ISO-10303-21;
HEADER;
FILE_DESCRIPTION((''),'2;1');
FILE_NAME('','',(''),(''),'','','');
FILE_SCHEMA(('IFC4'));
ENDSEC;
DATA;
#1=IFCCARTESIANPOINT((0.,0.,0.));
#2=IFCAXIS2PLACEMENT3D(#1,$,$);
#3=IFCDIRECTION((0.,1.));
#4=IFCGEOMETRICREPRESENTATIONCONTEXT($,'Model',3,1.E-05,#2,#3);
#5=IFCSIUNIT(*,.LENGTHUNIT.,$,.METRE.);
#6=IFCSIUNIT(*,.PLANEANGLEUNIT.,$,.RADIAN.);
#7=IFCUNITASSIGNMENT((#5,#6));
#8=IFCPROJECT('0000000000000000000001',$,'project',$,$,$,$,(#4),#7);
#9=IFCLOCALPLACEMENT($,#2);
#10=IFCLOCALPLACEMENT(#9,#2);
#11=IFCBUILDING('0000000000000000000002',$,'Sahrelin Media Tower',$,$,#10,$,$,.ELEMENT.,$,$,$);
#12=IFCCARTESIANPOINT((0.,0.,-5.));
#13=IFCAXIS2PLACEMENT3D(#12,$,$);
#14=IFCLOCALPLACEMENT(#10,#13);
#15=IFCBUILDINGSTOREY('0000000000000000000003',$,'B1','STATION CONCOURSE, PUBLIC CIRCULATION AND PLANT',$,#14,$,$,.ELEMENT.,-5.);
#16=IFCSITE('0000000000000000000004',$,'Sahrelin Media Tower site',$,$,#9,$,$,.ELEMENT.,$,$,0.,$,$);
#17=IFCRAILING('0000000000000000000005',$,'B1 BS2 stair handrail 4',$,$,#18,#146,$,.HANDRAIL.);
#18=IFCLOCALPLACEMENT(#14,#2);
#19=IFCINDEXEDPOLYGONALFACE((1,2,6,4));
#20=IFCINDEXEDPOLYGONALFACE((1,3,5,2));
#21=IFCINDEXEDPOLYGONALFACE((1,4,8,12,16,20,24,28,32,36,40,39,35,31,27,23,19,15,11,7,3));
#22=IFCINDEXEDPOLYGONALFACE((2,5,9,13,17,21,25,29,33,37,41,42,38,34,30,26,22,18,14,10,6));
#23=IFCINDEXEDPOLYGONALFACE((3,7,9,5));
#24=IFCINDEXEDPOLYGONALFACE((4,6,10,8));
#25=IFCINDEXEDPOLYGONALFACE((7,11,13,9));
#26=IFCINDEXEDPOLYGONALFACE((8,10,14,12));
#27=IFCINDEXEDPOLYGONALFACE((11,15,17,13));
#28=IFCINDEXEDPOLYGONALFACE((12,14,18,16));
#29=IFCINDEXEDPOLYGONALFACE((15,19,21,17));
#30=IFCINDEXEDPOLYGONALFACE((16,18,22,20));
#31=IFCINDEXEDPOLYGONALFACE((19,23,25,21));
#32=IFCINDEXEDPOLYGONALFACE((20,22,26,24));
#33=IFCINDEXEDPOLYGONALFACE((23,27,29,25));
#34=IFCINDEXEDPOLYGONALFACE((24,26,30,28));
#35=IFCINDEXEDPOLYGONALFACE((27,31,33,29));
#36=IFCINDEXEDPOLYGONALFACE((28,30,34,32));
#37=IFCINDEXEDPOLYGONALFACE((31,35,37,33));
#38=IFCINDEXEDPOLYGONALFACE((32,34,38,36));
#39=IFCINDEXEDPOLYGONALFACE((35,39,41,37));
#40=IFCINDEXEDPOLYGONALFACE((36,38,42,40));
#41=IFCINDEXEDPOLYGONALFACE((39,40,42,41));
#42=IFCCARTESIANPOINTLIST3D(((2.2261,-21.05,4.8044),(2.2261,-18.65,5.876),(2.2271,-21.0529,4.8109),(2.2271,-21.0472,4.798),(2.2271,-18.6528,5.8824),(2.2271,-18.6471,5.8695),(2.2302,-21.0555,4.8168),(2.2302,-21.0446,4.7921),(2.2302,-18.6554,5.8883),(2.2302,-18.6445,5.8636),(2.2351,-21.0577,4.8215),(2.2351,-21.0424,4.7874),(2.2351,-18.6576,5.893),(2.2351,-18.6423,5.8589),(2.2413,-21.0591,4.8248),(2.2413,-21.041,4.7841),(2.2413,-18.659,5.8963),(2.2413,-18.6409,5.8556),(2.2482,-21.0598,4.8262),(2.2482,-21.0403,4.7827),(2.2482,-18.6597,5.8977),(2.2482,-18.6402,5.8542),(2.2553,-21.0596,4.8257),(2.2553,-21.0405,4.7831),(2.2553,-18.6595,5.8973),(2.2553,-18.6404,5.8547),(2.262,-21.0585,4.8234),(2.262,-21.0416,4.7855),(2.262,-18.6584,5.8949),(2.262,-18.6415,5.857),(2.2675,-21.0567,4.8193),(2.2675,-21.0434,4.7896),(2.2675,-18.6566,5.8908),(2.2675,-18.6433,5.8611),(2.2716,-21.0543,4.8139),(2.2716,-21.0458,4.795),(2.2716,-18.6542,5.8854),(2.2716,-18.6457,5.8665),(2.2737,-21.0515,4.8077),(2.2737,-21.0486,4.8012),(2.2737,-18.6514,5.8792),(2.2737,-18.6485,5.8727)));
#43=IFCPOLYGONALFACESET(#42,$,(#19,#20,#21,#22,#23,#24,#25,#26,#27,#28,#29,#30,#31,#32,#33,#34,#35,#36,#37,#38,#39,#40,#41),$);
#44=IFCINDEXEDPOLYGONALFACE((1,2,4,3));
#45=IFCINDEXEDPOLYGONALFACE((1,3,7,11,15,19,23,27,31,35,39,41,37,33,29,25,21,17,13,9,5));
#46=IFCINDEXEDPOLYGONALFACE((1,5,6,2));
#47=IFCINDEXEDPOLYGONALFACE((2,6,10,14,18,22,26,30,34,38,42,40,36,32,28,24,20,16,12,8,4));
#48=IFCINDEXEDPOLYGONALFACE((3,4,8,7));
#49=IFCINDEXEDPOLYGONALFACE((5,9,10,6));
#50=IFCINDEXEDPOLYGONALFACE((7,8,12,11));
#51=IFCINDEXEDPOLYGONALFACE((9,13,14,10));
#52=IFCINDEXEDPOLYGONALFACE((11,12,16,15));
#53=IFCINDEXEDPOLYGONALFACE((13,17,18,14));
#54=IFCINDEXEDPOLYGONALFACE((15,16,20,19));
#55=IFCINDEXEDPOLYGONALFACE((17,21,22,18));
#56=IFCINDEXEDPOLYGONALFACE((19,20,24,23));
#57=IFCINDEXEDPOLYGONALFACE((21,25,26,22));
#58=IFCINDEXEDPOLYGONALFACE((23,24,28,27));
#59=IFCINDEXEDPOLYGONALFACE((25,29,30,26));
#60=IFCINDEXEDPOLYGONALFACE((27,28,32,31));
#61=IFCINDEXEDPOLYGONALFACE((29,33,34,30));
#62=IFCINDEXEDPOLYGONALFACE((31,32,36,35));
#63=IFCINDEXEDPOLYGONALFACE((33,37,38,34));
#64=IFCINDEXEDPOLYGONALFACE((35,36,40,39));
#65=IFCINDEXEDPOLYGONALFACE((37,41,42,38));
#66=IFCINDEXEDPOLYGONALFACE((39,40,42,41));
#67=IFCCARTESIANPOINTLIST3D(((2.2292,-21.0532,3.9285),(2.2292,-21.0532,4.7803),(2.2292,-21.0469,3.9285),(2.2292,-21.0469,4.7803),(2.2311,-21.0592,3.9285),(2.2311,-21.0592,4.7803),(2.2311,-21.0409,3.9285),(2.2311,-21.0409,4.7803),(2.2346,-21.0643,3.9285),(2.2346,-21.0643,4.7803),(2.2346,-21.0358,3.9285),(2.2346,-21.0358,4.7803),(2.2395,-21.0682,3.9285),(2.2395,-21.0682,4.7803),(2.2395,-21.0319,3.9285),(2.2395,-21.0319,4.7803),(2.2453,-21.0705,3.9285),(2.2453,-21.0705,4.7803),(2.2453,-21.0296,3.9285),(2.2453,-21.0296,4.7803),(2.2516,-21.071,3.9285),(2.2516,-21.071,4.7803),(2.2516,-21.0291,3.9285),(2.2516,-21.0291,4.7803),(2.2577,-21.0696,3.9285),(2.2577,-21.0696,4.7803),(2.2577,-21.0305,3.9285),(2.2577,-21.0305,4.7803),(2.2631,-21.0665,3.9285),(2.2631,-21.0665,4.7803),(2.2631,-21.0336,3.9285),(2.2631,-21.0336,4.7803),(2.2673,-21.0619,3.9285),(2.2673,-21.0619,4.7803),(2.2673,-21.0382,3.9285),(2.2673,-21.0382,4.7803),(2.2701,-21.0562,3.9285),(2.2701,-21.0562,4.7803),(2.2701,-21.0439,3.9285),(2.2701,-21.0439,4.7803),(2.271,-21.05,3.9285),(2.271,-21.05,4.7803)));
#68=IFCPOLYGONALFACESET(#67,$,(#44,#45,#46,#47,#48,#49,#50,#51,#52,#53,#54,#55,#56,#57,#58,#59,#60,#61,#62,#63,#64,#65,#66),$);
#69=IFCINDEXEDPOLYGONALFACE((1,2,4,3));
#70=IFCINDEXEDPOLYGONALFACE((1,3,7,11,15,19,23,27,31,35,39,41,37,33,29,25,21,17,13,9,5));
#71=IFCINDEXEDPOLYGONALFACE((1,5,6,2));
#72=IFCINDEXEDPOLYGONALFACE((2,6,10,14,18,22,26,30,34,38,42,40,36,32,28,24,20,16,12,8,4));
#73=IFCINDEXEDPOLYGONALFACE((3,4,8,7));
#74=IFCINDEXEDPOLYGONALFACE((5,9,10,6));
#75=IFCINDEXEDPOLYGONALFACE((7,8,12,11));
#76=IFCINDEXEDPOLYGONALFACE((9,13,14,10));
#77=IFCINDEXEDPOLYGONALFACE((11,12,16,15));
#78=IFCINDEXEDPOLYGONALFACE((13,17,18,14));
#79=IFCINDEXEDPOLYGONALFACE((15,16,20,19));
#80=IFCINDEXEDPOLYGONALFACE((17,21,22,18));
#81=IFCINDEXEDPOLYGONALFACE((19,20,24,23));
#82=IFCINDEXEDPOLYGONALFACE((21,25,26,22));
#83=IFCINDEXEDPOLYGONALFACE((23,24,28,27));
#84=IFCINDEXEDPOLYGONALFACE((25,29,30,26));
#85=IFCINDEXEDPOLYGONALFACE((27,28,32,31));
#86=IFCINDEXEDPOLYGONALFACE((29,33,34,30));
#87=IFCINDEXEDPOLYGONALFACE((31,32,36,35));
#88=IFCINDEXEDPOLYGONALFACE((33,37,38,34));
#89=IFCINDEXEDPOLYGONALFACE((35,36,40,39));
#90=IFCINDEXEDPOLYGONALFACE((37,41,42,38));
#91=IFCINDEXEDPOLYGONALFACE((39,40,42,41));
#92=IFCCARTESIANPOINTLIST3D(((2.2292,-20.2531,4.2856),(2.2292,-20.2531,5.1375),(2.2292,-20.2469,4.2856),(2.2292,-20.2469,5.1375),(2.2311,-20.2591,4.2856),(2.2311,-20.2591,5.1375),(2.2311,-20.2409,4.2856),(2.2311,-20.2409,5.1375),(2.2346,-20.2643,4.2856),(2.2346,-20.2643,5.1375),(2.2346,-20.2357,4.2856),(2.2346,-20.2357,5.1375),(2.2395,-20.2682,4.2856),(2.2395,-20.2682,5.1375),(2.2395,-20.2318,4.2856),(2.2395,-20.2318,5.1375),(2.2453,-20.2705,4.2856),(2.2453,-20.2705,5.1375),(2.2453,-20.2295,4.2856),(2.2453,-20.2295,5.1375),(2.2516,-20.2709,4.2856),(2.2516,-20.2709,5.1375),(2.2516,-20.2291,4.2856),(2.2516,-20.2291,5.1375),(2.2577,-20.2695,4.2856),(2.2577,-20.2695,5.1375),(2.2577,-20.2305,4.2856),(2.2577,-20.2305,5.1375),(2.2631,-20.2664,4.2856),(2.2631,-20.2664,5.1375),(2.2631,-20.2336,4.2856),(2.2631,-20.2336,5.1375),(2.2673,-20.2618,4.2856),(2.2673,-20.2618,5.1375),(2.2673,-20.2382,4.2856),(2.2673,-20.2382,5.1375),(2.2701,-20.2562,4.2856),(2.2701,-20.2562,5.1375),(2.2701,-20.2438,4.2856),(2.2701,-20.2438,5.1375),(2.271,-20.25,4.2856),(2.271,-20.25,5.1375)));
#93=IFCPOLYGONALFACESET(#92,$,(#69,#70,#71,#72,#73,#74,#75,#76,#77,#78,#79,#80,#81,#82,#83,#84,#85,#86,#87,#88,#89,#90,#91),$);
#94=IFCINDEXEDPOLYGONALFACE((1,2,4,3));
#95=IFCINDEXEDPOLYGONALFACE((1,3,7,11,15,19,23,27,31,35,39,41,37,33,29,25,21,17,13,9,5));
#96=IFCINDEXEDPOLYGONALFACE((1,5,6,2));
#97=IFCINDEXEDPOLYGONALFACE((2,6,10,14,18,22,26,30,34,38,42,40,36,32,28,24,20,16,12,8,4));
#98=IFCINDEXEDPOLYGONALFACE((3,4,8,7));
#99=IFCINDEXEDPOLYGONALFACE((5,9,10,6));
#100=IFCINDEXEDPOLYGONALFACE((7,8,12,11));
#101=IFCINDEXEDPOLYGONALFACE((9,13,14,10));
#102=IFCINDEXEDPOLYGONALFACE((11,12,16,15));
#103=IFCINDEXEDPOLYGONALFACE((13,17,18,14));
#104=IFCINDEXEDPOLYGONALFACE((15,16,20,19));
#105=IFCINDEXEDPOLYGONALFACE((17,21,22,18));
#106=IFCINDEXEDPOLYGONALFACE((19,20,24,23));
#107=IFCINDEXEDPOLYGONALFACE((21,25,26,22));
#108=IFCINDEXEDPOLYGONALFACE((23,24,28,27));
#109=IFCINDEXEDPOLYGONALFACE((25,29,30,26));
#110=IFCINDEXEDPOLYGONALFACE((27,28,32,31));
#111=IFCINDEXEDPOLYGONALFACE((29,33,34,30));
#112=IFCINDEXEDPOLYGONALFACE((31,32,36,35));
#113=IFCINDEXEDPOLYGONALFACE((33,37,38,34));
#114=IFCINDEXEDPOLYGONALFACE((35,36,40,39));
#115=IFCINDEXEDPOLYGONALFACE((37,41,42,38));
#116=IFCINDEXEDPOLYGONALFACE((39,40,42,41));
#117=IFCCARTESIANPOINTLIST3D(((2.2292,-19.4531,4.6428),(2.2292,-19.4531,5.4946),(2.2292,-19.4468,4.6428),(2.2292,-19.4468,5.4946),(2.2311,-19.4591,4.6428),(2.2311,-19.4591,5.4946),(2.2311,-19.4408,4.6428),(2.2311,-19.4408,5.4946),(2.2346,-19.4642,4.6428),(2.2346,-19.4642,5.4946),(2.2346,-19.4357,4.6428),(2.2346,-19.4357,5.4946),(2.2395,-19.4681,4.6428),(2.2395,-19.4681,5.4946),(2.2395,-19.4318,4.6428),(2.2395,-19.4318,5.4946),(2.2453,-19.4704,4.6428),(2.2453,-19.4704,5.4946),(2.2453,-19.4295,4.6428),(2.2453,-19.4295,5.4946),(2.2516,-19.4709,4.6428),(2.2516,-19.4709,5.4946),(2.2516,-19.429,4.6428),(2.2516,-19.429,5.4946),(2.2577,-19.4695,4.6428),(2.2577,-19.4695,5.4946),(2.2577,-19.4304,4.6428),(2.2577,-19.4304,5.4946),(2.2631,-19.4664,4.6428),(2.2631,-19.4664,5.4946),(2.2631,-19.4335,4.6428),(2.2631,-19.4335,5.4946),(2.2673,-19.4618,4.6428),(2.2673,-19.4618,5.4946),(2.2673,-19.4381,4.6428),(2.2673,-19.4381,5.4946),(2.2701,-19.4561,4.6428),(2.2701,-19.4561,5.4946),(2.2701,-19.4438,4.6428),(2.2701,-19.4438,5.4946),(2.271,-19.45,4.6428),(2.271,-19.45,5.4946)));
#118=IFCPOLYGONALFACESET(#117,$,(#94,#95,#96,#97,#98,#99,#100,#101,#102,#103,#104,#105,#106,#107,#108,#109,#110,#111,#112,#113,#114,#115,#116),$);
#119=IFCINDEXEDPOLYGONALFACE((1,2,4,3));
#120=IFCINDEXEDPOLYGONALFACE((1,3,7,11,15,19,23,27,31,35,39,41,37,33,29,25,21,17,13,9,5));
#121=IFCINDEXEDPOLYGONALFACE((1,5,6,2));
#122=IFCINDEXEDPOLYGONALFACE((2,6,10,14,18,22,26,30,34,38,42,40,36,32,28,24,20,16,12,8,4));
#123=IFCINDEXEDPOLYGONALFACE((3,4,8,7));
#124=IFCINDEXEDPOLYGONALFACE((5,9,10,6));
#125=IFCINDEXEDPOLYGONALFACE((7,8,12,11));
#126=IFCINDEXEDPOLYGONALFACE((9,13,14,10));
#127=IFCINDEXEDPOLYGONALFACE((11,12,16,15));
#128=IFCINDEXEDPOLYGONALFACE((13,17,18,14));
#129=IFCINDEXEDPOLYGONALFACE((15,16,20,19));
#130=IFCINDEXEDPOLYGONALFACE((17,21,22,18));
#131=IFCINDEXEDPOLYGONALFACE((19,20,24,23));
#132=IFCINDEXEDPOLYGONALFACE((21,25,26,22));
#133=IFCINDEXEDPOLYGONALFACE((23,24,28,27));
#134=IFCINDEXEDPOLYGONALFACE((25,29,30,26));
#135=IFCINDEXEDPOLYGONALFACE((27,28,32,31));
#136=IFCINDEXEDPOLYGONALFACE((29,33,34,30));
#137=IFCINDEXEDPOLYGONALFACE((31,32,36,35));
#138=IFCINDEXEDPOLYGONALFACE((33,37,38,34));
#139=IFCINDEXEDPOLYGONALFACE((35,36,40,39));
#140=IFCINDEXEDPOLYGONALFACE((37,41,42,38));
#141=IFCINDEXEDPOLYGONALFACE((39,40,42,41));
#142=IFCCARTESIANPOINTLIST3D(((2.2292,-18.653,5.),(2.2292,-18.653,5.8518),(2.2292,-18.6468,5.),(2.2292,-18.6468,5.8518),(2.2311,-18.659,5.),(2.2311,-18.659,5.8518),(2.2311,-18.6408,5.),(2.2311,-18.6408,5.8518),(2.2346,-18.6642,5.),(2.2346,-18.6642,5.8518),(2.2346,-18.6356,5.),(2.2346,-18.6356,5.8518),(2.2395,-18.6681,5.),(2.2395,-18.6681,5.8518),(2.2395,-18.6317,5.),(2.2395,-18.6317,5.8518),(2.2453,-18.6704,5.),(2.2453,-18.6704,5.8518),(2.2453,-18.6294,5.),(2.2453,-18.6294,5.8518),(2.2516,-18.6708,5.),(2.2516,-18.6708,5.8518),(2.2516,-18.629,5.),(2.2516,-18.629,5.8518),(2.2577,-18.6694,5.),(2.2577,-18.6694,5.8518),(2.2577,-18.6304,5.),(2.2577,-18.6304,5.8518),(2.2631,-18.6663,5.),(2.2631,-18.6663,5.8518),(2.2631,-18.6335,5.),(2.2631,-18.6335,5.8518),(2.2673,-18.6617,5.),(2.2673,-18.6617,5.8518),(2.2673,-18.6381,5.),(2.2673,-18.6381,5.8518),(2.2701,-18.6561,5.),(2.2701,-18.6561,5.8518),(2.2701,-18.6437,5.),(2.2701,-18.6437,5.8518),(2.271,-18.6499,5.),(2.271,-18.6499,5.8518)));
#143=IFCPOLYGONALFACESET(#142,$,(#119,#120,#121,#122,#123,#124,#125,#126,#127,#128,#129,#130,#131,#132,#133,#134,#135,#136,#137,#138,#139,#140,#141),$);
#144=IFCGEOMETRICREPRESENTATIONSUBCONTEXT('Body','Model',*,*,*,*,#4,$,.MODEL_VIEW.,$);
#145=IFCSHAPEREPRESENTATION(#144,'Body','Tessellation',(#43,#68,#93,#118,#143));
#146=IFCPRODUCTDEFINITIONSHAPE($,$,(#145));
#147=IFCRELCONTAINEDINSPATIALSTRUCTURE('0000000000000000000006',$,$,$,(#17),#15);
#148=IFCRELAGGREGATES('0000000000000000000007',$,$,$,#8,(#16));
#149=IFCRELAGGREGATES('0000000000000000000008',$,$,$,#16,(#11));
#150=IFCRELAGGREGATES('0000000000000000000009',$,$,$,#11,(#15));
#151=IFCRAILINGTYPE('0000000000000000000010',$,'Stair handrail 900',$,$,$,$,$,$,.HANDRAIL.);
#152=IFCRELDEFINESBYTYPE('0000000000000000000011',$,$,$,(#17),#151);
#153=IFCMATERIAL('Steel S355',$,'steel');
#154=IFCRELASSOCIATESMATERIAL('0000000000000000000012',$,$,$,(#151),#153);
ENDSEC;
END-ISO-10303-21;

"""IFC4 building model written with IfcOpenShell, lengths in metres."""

from ifc_helpers import new_model, si_unit, direction, frame, origin, origin_2d, place, context, subcontext, project, spatial, circle, extrude, material, type_object, element, save


model = new_model("IFC4")

# Units and contexts
model_context = context("Model", 3, precision=1e-05, world=origin(), true_north=direction((0.0, 1.0)))
body_context = subcontext(model_context, "Body", "Model", "MODEL_VIEW")
ifc_project = project(units=[si_unit("LENGTHUNIT", "METRE"), si_unit("PLANEANGLEUNIT", "RADIAN")], contexts=[model_context])

# Site, building, storey
site_placement = place(None, origin())
site = spatial("IfcSite", under=ifc_project, at=site_placement, Name="Sahrelin Media Tower site", CompositionType="ELEMENT", RefElevation=0.0)
building_placement = place(site_placement, origin())
building = spatial("IfcBuilding", under=site, at=building_placement, Name="Sahrelin Media Tower", CompositionType="ELEMENT")
storey_placement = place(building_placement, frame((0.0, 0.0, -5.0)))
storey = spatial("IfcBuildingStorey", under=building, at=storey_placement, Name="B1", Description="STATION CONCOURSE, PUBLIC CIRCULATION AND PLANT", CompositionType="ELEMENT", Elevation=-5.0)

# Railing
ifc_material_1 = material(Name="Steel S355", Category="steel")
railing_type_1 = type_object("IfcRailingType", Name="Stair handrail 900", PredefinedType="HANDRAIL", material=ifc_material_1)
for number, where, name in (
    (1, (2.25, -21.05, 3.9285), "B1 BS2 stair handrail 4"),
):
    element("IfcRailing", number, at=place(storey_placement, frame(where)), inside=storey, type_object=railing_type_1, Name=name, PredefinedType="HANDRAIL", context=body_context, shape_type="SweptSolid", body=[
        extrude(circle(Radius=0.0239, at=origin_2d()), frame((0.0, 0.0, 0.876), z_axis=(0.0, 0.913132, 0.407663), x_axis=(-1.0, 0.0, 0.0)), (0.0, 0.0, 1.0), 2.6284),
        extrude(circle(Radius=0.021, at=origin_2d()), origin(), (0.0, 0.0, 1.0), 0.8518),
        extrude(circle(Radius=0.021, at=origin_2d()), frame((0.0, 0.8, 0.3572)), (0.0, 0.0, 1.0), 0.8518),
        extrude(circle(Radius=0.021, at=origin_2d()), frame((0.0, 1.6001, 0.7144)), (0.0, 0.0, 1.0), 0.8518),
        extrude(circle(Radius=0.021, at=origin_2d()), frame((0.0, 2.4001, 1.0715)), (0.0, 0.0, 1.0), 0.8518),
    ])

save(model, "model.ifc")
